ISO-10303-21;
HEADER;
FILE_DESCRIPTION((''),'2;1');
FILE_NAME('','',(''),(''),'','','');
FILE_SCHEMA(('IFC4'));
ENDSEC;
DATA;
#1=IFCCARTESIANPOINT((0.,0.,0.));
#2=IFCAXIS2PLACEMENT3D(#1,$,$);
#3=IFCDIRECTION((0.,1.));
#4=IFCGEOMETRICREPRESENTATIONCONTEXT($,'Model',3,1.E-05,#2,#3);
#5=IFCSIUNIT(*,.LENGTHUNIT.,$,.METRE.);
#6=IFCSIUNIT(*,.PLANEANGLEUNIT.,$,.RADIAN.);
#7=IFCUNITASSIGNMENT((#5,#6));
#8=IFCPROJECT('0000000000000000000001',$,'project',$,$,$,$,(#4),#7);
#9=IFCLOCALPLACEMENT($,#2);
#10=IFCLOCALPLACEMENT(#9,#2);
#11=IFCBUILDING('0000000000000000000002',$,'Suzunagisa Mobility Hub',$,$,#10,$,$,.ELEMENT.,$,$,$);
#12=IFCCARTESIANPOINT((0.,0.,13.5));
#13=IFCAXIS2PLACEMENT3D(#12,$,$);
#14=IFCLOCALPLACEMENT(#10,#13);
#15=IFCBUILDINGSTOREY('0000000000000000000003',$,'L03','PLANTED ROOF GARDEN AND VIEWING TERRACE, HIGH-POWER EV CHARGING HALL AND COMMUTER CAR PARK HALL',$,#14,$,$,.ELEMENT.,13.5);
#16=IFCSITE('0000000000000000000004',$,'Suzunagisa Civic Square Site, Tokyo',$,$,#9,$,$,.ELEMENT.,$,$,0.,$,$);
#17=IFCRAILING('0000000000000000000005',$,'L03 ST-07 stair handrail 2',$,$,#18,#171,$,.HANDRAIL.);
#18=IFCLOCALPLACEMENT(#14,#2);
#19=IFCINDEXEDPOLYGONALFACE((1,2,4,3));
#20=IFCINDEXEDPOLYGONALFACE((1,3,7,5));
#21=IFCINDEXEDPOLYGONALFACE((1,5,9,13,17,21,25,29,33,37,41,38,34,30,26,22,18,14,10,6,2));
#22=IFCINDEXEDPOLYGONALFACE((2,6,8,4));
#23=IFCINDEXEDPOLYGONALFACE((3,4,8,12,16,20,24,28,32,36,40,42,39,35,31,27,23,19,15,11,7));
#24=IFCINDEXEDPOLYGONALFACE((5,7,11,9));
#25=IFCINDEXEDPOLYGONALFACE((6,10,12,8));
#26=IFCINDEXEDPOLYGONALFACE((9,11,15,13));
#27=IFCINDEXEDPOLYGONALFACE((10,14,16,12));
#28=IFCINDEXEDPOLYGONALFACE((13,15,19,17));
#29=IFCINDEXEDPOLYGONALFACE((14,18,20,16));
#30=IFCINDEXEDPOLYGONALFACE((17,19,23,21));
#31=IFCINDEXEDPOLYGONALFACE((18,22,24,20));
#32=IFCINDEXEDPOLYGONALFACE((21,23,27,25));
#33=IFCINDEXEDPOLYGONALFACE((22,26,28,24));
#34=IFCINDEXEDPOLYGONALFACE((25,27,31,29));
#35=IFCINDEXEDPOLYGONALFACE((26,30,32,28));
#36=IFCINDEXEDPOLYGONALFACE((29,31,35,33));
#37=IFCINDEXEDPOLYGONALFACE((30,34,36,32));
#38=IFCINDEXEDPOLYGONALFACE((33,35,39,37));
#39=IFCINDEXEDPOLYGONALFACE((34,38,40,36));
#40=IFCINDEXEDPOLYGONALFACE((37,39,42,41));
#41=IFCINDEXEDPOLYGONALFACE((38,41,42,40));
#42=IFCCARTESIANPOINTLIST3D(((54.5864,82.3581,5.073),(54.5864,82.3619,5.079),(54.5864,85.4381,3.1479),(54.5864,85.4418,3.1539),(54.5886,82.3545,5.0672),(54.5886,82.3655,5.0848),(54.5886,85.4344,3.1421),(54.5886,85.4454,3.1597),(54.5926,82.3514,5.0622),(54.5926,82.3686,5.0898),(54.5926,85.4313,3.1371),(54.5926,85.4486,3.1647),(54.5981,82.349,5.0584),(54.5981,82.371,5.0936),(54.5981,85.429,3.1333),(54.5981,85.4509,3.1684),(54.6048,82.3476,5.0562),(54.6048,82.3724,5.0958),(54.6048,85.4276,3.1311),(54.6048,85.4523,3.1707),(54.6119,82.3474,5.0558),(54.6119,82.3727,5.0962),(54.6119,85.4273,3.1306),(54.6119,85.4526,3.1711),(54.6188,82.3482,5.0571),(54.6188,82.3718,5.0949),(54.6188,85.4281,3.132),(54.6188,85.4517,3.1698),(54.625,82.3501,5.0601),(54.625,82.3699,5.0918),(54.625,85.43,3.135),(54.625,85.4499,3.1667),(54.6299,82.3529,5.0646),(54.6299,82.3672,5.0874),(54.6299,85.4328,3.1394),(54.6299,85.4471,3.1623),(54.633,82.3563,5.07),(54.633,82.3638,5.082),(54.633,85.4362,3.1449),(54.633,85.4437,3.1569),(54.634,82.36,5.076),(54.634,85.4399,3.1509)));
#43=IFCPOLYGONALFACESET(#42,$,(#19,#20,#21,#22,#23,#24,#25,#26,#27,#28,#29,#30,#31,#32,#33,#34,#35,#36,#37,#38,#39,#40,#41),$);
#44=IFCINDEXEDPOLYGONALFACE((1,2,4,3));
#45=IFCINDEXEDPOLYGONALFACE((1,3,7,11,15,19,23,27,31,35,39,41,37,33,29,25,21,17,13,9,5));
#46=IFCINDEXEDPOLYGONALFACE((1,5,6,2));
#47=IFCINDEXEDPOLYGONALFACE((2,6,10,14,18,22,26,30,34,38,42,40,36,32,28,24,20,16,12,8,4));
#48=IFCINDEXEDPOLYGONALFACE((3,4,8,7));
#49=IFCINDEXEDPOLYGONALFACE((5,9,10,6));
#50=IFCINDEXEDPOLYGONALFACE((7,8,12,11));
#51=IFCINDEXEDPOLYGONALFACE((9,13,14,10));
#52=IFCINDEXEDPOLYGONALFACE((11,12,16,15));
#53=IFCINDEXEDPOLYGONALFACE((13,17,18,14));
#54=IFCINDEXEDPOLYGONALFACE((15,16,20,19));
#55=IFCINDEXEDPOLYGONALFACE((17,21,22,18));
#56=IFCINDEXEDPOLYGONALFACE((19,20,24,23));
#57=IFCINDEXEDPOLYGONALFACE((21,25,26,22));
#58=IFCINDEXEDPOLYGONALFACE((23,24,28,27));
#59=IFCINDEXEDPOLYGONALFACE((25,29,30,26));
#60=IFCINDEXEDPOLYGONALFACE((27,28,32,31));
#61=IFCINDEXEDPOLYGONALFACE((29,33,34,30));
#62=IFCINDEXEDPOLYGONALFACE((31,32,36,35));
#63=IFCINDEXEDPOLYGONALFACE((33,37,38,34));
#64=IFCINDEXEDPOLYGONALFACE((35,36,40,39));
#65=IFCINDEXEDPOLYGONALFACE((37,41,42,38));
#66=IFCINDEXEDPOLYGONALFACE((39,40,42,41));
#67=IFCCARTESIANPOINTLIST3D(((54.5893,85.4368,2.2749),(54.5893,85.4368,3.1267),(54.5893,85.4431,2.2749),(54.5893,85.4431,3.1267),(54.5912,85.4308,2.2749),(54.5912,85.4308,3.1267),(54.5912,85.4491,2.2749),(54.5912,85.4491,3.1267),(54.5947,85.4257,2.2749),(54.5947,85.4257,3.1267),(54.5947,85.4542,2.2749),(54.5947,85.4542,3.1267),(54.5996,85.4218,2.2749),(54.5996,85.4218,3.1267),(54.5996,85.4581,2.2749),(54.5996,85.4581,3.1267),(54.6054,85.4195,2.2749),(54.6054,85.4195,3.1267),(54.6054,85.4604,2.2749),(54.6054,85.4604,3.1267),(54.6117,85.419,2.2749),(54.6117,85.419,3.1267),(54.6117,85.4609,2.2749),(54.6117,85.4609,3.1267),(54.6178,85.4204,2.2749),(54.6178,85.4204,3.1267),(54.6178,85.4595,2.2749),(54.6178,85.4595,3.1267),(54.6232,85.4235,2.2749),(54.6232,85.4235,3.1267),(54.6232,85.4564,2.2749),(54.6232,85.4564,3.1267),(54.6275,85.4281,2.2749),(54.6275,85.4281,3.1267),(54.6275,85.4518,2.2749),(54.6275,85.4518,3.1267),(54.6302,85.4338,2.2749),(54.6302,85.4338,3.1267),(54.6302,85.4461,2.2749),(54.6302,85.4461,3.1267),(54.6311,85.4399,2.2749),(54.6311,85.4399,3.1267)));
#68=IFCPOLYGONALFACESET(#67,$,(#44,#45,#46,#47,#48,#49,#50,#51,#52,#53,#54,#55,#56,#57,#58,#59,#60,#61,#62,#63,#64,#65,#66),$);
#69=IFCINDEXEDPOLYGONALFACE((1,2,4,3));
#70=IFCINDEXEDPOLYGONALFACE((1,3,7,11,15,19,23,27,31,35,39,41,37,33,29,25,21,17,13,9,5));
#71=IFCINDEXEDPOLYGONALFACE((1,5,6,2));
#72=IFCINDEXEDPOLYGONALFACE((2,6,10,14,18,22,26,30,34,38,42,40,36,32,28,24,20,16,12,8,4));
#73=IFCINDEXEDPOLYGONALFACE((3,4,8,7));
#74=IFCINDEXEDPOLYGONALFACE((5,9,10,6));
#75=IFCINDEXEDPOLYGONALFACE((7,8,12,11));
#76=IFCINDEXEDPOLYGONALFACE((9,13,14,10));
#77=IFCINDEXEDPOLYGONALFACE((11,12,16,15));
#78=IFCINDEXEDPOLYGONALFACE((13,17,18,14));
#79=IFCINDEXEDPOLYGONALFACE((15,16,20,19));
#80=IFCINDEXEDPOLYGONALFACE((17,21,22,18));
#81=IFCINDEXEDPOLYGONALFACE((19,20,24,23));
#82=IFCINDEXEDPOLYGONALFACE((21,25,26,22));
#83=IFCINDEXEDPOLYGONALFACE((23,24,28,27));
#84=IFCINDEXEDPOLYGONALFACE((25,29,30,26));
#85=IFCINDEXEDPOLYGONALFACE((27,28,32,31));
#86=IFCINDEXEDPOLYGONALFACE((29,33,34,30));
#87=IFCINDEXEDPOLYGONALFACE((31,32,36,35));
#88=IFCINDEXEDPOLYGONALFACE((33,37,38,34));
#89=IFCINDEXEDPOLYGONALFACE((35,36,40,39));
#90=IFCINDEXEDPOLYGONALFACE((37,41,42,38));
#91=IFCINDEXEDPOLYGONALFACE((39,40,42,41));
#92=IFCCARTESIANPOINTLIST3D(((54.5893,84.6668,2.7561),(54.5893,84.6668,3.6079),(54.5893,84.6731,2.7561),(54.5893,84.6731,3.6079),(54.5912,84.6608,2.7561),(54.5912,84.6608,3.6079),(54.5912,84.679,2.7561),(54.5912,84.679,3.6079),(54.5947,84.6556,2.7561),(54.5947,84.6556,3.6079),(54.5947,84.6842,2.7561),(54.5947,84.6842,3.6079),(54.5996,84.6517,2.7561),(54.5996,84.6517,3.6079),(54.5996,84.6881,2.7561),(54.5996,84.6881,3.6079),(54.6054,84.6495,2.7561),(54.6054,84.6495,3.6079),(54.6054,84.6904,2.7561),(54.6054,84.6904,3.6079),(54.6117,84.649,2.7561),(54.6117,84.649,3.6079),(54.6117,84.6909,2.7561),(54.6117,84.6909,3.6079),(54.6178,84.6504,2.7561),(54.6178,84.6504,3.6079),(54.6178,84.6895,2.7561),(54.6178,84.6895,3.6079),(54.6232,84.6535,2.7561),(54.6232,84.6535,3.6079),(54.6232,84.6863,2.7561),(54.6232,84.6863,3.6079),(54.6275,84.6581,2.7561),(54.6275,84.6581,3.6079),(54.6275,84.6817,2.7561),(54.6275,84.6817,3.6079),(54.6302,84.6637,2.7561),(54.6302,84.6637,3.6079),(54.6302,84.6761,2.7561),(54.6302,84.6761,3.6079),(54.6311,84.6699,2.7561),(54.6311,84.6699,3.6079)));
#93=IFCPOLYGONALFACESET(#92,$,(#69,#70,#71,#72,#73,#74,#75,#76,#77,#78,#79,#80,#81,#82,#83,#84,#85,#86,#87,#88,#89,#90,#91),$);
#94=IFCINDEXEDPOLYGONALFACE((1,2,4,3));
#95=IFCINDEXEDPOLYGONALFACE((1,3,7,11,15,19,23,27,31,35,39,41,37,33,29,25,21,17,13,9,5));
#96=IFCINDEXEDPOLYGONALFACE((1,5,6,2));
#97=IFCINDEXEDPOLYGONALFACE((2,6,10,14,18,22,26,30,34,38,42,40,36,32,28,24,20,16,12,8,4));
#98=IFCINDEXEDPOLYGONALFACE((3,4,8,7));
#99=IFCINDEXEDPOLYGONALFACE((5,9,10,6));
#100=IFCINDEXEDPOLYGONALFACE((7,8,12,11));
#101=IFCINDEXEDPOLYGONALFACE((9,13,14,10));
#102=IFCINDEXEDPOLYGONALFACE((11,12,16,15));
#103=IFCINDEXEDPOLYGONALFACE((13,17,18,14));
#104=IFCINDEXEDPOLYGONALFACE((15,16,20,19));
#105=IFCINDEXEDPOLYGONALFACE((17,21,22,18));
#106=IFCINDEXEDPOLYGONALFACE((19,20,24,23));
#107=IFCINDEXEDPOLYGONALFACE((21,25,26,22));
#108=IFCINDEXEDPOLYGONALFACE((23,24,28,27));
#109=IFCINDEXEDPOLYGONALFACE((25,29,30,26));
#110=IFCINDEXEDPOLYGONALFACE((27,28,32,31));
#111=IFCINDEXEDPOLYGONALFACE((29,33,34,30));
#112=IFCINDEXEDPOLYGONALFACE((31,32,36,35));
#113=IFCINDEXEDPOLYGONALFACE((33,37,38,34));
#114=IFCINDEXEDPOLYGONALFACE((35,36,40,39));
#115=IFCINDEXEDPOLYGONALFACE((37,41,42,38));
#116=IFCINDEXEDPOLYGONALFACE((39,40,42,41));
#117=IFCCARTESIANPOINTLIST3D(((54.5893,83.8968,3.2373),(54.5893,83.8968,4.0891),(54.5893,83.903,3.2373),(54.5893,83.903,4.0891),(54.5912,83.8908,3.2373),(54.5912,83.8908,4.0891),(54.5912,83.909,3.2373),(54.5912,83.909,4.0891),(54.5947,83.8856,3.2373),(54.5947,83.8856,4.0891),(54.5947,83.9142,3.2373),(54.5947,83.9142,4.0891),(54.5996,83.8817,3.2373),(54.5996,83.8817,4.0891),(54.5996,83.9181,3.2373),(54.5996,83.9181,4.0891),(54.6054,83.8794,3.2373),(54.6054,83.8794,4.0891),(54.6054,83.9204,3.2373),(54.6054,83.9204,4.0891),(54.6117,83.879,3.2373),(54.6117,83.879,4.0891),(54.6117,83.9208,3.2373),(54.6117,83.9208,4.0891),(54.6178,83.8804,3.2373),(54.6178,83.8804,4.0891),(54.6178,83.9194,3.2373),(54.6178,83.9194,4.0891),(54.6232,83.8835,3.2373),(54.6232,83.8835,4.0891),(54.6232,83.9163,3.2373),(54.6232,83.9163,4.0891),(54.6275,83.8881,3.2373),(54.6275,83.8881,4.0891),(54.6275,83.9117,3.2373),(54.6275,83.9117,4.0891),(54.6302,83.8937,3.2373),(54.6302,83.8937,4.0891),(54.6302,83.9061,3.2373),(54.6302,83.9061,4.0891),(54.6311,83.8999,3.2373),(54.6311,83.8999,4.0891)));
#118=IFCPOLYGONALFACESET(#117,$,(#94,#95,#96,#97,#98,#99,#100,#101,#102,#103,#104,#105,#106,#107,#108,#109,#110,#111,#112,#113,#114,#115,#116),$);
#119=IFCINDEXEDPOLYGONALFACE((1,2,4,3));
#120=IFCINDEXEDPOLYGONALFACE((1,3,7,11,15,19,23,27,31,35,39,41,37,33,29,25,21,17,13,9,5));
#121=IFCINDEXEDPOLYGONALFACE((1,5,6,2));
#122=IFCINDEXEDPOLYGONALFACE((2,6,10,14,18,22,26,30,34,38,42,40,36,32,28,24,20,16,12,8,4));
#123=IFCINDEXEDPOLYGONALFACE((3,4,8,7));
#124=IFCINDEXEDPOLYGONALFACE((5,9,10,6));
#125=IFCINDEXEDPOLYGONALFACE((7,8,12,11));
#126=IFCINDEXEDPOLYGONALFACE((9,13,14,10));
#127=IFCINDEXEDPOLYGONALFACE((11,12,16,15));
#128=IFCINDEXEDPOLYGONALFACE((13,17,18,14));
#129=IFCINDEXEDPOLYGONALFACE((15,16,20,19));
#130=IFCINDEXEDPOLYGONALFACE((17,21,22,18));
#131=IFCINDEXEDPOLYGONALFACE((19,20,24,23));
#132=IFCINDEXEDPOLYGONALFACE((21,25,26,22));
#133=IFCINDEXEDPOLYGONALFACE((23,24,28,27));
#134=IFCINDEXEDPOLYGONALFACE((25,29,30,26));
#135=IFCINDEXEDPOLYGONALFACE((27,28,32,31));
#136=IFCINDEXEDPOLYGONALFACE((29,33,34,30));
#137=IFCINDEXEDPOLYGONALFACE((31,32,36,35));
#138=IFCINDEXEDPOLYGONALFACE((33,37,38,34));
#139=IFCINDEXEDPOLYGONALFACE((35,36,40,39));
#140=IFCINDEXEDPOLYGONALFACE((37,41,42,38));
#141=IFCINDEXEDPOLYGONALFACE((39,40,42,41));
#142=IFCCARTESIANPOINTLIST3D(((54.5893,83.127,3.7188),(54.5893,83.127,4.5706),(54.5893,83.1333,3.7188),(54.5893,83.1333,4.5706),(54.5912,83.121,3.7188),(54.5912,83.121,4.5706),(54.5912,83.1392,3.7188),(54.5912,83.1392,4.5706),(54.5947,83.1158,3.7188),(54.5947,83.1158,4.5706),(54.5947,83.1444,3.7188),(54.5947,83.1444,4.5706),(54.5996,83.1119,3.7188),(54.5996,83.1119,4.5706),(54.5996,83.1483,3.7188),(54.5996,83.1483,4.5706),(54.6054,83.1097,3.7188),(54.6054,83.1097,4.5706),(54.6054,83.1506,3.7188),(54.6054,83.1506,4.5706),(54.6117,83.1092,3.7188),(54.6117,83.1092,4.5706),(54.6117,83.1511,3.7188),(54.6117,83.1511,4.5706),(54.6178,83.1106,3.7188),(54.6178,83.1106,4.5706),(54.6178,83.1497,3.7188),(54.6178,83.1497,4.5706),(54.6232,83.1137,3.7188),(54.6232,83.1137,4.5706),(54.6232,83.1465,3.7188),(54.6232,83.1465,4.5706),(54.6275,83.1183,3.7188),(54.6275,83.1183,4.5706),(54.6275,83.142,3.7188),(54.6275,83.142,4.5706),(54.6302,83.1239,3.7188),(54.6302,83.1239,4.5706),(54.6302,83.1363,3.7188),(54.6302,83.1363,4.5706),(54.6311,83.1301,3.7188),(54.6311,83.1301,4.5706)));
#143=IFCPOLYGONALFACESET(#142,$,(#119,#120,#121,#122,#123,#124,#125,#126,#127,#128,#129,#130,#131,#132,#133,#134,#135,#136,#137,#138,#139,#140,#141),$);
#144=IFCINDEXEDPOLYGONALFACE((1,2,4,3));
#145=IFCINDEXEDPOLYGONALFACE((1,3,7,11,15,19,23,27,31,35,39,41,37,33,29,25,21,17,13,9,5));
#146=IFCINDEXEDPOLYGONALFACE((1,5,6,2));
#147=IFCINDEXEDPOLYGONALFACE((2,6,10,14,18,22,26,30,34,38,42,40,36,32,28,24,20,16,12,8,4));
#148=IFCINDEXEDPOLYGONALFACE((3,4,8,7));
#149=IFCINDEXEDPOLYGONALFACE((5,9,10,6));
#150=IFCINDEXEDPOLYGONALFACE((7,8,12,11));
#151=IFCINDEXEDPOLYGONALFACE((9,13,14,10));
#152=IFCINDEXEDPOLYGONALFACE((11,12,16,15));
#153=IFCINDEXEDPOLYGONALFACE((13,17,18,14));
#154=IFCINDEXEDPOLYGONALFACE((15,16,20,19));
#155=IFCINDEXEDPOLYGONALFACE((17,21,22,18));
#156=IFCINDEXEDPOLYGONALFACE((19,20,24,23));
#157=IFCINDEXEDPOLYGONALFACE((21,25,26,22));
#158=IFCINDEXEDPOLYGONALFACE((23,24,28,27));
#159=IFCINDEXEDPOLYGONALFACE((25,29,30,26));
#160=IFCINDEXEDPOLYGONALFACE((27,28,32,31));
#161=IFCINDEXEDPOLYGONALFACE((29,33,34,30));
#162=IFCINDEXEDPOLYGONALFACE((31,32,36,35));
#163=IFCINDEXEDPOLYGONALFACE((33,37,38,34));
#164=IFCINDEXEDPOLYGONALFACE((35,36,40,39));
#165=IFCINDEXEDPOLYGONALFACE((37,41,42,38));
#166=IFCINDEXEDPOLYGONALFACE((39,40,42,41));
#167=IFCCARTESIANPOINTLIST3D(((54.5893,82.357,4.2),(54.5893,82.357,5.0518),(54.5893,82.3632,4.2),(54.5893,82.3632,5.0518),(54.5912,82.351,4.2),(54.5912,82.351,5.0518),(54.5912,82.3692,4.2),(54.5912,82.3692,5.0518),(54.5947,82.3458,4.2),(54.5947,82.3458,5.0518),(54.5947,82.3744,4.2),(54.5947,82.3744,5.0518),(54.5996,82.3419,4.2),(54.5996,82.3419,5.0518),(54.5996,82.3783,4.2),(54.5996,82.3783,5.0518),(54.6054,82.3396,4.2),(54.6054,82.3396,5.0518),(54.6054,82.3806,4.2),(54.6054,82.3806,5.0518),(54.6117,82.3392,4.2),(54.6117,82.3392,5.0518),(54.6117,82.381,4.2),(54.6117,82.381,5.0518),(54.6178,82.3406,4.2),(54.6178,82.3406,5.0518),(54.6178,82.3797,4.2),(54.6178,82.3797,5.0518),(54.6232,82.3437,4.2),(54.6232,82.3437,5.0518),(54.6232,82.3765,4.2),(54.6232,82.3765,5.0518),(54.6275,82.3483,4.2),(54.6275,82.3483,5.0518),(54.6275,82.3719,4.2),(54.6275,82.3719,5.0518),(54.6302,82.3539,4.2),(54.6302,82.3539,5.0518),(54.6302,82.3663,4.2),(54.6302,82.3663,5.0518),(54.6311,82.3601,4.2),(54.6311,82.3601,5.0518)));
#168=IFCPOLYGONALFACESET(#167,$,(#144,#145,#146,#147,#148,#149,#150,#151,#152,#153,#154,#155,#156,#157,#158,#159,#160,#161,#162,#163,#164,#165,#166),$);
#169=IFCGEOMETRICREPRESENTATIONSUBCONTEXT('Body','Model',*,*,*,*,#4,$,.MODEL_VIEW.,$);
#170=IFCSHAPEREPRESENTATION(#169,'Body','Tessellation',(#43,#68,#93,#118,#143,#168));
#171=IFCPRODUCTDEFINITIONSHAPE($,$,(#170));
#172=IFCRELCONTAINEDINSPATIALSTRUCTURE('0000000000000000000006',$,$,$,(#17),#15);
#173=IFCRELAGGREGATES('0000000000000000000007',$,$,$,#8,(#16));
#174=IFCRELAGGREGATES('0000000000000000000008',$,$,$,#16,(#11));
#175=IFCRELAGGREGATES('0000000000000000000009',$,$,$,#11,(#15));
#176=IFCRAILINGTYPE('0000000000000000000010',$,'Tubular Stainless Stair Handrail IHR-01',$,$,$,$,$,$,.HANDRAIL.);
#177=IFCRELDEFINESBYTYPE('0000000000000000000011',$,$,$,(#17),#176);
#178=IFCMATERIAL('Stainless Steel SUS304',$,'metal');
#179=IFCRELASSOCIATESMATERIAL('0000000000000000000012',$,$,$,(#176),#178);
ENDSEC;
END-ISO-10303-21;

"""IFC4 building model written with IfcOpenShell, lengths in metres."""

from ifc_helpers import new_model, si_unit, direction, frame, origin, origin_2d, place, context, subcontext, project, spatial, circle, extrude, material, type_object, element, save


model = new_model("IFC4")

# Units and contexts
model_context = context("Model", 3, precision=1e-05, world=origin(), true_north=direction((0.0, 1.0)))
body_context = subcontext(model_context, "Body", "Model", "MODEL_VIEW")
ifc_project = project(units=[si_unit("LENGTHUNIT", "METRE"), si_unit("PLANEANGLEUNIT", "RADIAN")], contexts=[model_context])

# Site, building, storey
site_placement = place(None, origin())
site = spatial("IfcSite", under=ifc_project, at=site_placement, Name="Suzunagisa Civic Square Site, Tokyo", CompositionType="ELEMENT", RefElevation=0.0)
building_placement = place(site_placement, origin())
building = spatial("IfcBuilding", under=site, at=building_placement, Name="Suzunagisa Mobility Hub", CompositionType="ELEMENT")
storey_placement = place(building_placement, frame((0.0, 0.0, 13.5)))
storey = spatial("IfcBuildingStorey", under=building, at=storey_placement, Name="L03", Description="PLANTED ROOF GARDEN AND VIEWING TERRACE, HIGH-POWER EV CHARGING HALL AND COMMUTER CAR PARK HALL", CompositionType="ELEMENT", Elevation=13.5)

# Shared definitions
ifc_material_1 = material(Name="Stainless Steel SUS304", Category="metal")

# Railing
railing_type_1 = type_object("IfcRailingType", Name="Tubular Stainless Stair Handrail IHR-01", PredefinedType="HANDRAIL", material=ifc_material_1)
railing_1_placement = place(storey_placement, frame((54.6101, 85.4399, 2.2749)))
element("IfcRailing", 1, at=railing_1_placement, inside=storey, type_object=railing_type_1, Name="L03 ST-07 stair handrail 2", PredefinedType="HANDRAIL", context=body_context, shape_type="SweptSolid", body=[
    extrude(circle(Radius=0.0239, at=origin_2d()), frame((0.0, 0.0, 0.876), z_axis=(0.0, -0.847979, 0.530029), x_axis=(1.0, 0.0, 0.0)), (0.0, 0.0, 1.0), 3.6321),
    extrude(circle(Radius=0.021, at=origin_2d()), origin(), (0.0, 0.0, 1.0), 0.8518),
    extrude(circle(Radius=0.021, at=origin_2d()), frame((0.0, -0.77, 0.4812)), (0.0, 0.0, 1.0), 0.8518),
    extrude(circle(Radius=0.021, at=origin_2d()), frame((0.0, -1.54, 0.9624)), (0.0, 0.0, 1.0), 0.8518),
    extrude(circle(Radius=0.021, at=origin_2d()), frame((0.0, -2.3098, 1.4438)), (0.0, 0.0, 1.0), 0.8518),
    extrude(circle(Radius=0.021, at=origin_2d()), frame((0.0, -3.0798, 1.925)), (0.0, 0.0, 1.0), 0.8518),
])

save(model, "model.ifc")
